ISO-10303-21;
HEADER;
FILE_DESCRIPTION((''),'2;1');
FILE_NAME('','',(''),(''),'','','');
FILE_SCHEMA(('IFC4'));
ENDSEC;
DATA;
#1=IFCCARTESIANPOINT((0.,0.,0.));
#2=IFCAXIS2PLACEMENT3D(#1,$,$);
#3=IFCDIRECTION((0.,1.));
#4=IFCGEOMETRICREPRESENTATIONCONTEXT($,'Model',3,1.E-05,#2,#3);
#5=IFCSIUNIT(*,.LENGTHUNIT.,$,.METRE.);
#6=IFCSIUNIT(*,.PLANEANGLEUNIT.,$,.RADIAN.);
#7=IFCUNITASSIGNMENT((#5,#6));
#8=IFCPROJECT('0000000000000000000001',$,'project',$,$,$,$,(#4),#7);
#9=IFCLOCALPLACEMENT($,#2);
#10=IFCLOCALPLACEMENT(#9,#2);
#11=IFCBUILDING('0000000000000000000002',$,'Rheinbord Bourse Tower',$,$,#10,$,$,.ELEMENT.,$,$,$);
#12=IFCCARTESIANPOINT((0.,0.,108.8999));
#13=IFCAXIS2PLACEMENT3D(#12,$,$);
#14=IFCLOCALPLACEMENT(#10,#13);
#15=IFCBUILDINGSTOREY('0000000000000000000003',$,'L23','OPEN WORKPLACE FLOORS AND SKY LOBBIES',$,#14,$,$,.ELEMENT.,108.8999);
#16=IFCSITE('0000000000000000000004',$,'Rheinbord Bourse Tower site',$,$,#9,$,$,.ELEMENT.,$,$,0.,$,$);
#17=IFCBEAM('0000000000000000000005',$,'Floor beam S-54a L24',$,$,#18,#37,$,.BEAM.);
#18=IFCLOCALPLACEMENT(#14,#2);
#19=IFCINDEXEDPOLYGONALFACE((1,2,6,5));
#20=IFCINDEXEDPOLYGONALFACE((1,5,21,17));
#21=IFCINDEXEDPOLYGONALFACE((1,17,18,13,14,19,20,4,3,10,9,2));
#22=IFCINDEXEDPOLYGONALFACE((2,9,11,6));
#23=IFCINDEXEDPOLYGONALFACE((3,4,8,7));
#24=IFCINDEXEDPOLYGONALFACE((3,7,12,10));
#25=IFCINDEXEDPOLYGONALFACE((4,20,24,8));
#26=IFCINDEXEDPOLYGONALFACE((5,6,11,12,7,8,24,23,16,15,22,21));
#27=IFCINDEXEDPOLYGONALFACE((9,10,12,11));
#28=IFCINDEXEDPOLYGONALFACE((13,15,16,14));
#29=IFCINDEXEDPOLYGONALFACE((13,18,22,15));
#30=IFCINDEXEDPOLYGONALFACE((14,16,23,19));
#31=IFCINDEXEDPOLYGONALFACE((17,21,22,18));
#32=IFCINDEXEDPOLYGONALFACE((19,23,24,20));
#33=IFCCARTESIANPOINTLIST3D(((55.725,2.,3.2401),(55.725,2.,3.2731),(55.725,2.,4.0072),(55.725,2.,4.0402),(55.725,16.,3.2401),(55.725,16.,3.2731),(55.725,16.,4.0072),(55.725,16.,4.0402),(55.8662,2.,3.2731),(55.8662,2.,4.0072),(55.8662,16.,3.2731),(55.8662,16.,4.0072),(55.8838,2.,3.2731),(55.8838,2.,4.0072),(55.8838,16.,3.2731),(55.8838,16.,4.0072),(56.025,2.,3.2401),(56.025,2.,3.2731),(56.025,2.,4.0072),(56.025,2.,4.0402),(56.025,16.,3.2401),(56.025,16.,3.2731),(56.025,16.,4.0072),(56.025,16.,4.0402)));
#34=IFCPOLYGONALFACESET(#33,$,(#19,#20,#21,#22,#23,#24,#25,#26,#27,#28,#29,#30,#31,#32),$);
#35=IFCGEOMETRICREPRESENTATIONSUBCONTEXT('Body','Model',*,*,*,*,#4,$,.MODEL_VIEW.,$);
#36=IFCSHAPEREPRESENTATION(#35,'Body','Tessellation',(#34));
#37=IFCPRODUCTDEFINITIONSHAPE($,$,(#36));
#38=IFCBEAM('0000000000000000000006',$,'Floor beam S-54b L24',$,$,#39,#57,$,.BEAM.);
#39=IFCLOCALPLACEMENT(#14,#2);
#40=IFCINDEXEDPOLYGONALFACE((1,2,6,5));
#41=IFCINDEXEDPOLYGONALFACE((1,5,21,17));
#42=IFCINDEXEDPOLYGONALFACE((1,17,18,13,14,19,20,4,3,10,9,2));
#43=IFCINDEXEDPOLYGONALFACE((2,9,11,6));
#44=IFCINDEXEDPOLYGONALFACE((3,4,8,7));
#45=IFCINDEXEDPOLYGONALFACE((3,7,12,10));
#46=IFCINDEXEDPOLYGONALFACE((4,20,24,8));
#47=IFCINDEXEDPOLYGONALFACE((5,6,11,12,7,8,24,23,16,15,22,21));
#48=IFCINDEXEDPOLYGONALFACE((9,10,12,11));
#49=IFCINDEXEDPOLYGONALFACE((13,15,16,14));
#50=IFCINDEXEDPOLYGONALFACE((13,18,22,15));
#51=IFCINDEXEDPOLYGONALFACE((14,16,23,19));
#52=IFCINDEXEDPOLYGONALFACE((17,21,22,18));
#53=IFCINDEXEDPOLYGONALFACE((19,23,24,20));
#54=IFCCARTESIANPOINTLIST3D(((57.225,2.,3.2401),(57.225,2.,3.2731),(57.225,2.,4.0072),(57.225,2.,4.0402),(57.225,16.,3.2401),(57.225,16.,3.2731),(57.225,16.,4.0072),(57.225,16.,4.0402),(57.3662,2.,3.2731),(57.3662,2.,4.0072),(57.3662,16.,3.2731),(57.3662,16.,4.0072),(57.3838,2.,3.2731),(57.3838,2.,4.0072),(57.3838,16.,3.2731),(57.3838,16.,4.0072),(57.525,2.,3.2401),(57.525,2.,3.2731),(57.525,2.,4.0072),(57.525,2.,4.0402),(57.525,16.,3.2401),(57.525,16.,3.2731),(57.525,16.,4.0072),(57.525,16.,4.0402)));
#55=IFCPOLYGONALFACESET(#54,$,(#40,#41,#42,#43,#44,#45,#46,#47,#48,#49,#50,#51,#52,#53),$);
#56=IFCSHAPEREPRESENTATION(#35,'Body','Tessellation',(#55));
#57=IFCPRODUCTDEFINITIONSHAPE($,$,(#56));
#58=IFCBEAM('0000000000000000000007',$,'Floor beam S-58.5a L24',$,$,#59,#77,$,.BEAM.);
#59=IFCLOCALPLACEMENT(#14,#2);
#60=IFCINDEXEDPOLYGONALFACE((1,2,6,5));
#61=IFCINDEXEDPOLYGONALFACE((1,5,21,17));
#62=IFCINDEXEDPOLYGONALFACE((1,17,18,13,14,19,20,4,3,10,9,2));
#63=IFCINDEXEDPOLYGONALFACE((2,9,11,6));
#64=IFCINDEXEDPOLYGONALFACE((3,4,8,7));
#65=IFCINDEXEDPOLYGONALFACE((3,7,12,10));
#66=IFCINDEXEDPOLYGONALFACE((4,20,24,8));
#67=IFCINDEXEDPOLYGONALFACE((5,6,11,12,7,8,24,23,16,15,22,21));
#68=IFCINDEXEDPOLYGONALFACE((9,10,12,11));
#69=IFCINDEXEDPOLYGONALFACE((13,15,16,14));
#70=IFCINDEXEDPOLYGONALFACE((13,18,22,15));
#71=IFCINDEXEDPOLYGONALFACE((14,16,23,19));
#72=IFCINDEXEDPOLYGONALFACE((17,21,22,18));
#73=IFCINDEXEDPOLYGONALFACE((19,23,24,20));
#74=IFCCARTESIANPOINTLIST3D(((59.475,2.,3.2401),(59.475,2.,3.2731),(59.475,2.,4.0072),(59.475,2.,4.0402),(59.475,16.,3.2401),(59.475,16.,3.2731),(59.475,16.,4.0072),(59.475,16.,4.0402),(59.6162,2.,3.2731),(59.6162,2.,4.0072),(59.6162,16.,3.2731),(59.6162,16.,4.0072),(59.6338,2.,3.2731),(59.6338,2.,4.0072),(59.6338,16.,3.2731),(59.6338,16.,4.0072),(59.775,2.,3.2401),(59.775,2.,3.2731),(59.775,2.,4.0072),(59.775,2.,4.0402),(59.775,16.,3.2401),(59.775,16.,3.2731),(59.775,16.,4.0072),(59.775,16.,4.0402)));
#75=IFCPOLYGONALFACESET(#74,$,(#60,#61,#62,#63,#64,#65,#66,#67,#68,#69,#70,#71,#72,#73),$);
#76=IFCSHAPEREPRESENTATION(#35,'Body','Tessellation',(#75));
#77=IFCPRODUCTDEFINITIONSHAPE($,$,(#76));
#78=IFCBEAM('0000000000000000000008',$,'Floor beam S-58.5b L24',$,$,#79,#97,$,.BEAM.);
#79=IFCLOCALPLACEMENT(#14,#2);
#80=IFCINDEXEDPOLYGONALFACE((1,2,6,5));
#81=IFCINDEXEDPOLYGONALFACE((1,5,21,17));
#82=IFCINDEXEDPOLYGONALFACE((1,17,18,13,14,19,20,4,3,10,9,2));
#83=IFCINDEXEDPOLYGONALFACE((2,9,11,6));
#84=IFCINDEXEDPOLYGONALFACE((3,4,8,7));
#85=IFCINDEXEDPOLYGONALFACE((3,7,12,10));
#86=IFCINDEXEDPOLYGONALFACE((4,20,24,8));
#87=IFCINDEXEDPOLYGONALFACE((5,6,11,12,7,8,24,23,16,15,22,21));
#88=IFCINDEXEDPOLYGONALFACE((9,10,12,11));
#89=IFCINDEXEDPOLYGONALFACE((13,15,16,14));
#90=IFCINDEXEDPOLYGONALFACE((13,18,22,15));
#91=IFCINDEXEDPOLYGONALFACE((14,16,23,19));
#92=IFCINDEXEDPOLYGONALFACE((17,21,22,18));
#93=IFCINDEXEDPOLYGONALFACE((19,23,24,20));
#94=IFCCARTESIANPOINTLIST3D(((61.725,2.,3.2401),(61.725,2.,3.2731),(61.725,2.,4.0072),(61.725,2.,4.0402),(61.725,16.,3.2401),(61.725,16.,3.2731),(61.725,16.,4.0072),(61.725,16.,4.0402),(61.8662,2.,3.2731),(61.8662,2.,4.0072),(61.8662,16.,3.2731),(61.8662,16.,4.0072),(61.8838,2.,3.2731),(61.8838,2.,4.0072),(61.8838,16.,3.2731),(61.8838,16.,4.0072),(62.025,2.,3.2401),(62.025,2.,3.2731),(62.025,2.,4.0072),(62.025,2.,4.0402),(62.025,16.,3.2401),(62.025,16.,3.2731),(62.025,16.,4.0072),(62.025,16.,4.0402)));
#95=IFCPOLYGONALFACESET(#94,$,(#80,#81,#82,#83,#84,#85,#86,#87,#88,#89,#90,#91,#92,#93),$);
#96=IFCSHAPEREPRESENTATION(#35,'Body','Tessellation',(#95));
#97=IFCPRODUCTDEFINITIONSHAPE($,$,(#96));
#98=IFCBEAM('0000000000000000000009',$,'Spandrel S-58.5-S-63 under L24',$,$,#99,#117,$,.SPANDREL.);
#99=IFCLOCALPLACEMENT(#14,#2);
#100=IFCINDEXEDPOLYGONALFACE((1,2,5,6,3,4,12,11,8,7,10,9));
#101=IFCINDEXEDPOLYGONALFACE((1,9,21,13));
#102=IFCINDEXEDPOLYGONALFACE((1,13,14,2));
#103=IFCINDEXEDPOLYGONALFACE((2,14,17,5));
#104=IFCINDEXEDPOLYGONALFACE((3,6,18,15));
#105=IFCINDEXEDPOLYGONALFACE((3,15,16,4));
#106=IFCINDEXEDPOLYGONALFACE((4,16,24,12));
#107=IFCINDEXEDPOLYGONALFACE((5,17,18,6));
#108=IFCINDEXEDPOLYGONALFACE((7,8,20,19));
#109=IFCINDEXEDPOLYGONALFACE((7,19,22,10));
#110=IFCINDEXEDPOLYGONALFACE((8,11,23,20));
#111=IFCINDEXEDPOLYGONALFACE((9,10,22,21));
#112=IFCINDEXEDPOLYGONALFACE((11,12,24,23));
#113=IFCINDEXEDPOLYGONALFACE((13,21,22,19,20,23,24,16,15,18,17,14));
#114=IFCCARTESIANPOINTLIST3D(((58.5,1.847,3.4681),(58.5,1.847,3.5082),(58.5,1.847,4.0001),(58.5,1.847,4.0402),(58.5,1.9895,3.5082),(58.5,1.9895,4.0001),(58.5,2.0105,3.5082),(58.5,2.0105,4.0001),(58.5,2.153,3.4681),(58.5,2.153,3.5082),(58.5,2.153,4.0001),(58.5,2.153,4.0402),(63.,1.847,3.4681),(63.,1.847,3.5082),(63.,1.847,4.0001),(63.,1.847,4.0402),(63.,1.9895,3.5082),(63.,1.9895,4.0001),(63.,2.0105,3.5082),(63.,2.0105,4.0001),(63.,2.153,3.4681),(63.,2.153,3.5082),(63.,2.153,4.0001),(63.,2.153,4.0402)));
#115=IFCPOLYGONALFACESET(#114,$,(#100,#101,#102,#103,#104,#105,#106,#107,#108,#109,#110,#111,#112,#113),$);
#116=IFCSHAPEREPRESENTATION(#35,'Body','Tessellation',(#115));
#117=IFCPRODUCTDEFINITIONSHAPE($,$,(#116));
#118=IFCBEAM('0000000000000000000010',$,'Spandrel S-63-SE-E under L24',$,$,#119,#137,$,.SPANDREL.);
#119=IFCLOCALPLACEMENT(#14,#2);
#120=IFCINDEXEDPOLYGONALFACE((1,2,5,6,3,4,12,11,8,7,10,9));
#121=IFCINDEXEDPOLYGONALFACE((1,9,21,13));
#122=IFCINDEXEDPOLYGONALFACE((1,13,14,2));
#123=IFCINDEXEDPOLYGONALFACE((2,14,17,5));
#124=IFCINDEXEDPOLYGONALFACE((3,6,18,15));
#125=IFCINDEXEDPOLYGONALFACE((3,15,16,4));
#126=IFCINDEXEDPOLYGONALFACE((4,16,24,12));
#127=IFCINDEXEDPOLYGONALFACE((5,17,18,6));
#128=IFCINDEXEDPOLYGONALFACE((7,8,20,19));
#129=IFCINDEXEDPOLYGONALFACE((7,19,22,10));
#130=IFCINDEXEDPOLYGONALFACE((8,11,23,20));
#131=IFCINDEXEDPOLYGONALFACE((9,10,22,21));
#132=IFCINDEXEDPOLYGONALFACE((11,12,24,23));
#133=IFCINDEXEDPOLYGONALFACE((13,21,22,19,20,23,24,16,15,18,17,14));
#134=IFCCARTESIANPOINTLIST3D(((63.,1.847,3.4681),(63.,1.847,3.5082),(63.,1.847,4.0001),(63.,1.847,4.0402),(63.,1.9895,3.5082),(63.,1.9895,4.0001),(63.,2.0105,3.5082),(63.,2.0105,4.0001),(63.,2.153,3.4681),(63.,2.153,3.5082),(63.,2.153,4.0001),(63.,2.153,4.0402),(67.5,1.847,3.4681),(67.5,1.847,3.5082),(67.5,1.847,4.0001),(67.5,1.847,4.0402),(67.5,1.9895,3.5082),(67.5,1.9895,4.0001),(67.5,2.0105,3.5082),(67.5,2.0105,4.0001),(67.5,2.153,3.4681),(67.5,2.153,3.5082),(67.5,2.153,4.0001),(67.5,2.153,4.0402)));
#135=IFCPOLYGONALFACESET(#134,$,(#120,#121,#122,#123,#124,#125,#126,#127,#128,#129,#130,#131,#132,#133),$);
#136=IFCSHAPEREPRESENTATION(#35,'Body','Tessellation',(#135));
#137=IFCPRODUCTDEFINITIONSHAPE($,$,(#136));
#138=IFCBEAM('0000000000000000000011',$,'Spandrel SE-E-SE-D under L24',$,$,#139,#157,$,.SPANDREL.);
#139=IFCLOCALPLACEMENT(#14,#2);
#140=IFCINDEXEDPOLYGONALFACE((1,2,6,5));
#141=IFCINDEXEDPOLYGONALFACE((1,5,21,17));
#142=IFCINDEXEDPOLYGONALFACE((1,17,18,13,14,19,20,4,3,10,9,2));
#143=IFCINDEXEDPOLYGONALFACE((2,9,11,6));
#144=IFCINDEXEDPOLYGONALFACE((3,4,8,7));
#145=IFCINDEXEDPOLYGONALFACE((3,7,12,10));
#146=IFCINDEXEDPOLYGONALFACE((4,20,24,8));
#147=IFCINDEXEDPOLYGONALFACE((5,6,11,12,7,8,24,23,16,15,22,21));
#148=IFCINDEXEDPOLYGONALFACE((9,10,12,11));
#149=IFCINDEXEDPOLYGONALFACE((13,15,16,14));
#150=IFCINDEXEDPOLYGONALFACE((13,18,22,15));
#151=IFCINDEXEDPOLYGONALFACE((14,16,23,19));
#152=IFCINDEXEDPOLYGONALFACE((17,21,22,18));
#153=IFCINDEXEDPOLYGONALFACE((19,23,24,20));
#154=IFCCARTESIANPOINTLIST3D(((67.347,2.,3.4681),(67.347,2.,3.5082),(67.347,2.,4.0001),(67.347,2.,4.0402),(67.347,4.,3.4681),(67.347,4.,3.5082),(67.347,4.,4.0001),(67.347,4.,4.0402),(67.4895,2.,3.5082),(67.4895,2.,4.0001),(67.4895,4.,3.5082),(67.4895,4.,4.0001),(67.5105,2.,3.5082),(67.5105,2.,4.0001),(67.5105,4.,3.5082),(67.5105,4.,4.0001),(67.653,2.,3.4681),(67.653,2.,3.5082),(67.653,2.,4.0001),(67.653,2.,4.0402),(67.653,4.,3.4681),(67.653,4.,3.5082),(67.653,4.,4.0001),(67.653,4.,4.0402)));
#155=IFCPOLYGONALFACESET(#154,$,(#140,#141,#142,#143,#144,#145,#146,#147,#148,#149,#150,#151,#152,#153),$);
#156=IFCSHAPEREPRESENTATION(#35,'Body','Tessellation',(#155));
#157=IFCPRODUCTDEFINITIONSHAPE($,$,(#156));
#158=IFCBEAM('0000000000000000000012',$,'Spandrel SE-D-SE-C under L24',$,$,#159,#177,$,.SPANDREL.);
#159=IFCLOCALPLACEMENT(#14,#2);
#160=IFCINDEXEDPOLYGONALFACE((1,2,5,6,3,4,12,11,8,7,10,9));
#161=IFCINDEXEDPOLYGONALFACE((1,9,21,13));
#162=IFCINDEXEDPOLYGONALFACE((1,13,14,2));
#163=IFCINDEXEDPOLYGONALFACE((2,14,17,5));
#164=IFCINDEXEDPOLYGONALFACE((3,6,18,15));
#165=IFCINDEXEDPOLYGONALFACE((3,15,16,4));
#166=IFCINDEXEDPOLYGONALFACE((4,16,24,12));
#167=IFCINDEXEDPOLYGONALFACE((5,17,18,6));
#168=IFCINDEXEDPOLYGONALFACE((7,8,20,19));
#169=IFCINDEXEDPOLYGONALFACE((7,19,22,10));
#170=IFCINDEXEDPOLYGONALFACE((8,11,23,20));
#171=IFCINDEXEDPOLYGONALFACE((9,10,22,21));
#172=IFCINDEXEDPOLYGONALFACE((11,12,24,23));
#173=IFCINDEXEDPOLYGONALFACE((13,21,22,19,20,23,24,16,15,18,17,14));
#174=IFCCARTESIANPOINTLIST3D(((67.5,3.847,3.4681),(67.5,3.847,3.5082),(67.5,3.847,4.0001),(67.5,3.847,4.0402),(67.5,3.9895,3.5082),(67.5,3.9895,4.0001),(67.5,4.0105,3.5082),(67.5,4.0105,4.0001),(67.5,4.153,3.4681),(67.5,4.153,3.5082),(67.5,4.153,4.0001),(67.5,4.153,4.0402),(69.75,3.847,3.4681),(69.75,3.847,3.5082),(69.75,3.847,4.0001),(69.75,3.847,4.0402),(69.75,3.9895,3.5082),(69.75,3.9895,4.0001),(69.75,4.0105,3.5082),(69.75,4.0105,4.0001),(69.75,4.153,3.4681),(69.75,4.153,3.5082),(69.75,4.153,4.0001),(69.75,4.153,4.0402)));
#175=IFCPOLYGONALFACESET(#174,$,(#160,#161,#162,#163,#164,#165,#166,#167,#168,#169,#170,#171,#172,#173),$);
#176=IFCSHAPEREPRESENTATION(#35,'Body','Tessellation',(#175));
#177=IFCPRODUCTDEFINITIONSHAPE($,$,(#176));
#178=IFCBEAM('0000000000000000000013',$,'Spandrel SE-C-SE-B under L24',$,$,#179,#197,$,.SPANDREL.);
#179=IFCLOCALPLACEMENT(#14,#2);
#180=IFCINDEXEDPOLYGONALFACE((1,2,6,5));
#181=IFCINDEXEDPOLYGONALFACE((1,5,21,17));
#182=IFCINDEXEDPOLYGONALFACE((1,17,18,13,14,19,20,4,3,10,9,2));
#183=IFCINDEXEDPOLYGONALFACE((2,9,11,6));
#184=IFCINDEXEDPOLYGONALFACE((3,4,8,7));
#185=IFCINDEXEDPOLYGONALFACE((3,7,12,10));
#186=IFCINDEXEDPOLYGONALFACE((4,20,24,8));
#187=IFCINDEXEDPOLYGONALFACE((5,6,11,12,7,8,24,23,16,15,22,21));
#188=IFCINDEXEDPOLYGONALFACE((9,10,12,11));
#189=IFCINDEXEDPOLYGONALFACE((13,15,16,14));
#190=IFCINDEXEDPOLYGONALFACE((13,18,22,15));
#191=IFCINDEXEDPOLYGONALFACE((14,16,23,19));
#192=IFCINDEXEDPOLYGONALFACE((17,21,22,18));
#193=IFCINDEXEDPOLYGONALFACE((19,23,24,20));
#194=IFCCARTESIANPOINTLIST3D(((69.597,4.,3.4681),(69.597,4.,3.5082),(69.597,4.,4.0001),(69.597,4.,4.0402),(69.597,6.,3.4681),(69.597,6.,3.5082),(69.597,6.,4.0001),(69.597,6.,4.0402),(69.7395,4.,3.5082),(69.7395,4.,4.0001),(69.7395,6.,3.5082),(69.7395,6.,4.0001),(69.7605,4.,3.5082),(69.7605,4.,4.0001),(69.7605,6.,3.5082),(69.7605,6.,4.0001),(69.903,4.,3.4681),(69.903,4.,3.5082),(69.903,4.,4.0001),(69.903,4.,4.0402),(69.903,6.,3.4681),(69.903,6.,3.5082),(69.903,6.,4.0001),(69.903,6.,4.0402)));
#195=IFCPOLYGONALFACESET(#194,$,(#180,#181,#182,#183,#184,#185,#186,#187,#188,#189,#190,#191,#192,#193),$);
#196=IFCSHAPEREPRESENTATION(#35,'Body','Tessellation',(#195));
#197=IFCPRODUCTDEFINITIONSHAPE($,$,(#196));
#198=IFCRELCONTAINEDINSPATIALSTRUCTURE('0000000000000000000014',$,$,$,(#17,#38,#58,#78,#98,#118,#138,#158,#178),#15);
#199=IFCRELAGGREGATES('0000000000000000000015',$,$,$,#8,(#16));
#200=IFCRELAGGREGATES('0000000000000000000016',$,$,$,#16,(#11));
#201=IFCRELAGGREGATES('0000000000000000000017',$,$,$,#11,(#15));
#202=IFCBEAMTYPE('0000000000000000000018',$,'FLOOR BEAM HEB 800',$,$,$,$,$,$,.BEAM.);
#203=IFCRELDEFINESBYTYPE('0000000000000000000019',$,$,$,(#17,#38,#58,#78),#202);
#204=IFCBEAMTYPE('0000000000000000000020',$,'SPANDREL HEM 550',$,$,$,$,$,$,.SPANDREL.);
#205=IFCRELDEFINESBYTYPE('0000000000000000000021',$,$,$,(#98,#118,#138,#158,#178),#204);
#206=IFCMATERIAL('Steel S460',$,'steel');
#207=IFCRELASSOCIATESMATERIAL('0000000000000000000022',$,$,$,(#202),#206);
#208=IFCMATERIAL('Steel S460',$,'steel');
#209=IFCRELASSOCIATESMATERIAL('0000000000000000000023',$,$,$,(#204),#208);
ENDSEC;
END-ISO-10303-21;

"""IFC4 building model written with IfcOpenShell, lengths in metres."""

from ifc_helpers import new_model, si_unit, direction, frame, origin, origin_2d, place, context, subcontext, project, spatial, i_section, extrude, material, material_profile, profile_set, type_object, element, save


model = new_model("IFC4")

# Units and contexts
model_context = context("Model", 3, precision=1e-05, world=origin(), true_north=direction((0.0, 1.0)))
body_context = subcontext(model_context, "Body", "Model", "MODEL_VIEW")
ifc_project = project(units=[si_unit("LENGTHUNIT", "METRE"), si_unit("PLANEANGLEUNIT", "RADIAN")], contexts=[model_context])

# Site, building, storey
site_placement = place(None, origin())
site = spatial("IfcSite", under=ifc_project, at=site_placement, Name="Rheinbord Bourse Tower site", CompositionType="ELEMENT", RefElevation=0.0)
building_placement = place(site_placement, origin())
building = spatial("IfcBuilding", under=site, at=building_placement, Name="Rheinbord Bourse Tower", CompositionType="ELEMENT")
storey_placement = place(building_placement, frame((0.0, 0.0, 108.8999)))
storey = spatial("IfcBuildingStorey", under=building, at=storey_placement, Name="L23", Description="OPEN WORKPLACE FLOORS AND SKY LOBBIES", CompositionType="ELEMENT", Elevation=108.8999)

# Beams
ifc_material_1 = material(Name="Steel S460", Category="steel")
ifc_material_profile_1 = material_profile(ifc_material_1, i_section(OverallWidth=0.3, OverallDepth=0.8, WebThickness=0.0176, FlangeThickness=0.033, at=origin_2d()), Name="HEB 800")
ifc_profile_set_1 = profile_set([ifc_material_profile_1], Name="Steel S460")
beam_type_1 = type_object("IfcBeamType", Name="FLOOR BEAM HEB 800", PredefinedType="BEAM", material=ifc_profile_set_1)
for number, where, z_axis, x_axis, name in (
    (1, (55.875, 2.0, 3.6401), (0.0, 1.0, 0.0), (-1.0, 0.0, 0.0), "Floor beam S-54a L24"),
    (2, (57.375, 2.0, 3.6401), (0.0, 1.0, 0.0), (-1.0, 0.0, 0.0), "Floor beam S-54b L24"),
    (3, (59.625, 2.0, 3.6401), (0.0, 1.0, 0.0), (-1.0, 0.0, 0.0), "Floor beam S-58.5a L24"),
    (4, (61.875, 2.0, 3.6401), (0.0, 1.0, 0.0), (-1.0, 0.0, 0.0), "Floor beam S-58.5b L24"),
):
    element("IfcBeam", number, at=place(storey_placement, frame(where, z_axis=z_axis, x_axis=x_axis)), inside=storey, type_object=beam_type_1, Name=name, PredefinedType="BEAM", context=body_context, shape_type="SweptSolid", body=[
        extrude(i_section(OverallWidth=0.3, OverallDepth=0.8, WebThickness=0.0176, FlangeThickness=0.033, at=origin_2d()), origin(), (0.0, 0.0, 1.0), 14.0),
    ])
ifc_material_2 = material(Name="Steel S460", Category="steel")
ifc_material_profile_2 = material_profile(ifc_material_2, i_section(OverallWidth=0.3059, OverallDepth=0.572, WebThickness=0.021, FlangeThickness=0.04, at=origin_2d()), Name="HEM 550")
ifc_profile_set_2 = profile_set([ifc_material_profile_2], Name="Steel S460")
beam_type_2 = type_object("IfcBeamType", Name="SPANDREL HEM 550", PredefinedType="SPANDREL", material=ifc_profile_set_2)
for number, where, z_axis, x_axis, name in (
    (5, (58.5, 2.0, 3.7542), (1.0, 0.0, 0.0), (0.0, 1.0, 0.0), "Spandrel S-58.5-S-63 under L24"),
    (6, (63.0, 2.0, 3.7542), (1.0, 0.0, 0.0), (0.0, 1.0, 0.0), "Spandrel S-63-SE-E under L24"),
):
    element("IfcBeam", number, at=place(storey_placement, frame(where, z_axis=z_axis, x_axis=x_axis)), inside=storey, type_object=beam_type_2, Name=name, PredefinedType="SPANDREL", context=body_context, shape_type="SweptSolid", body=[
        extrude(i_section(OverallWidth=0.3059, OverallDepth=0.572, WebThickness=0.021, FlangeThickness=0.04, at=origin_2d()), origin(), (0.0, 0.0, 1.0), 4.5),
    ])
beam_1_placement = place(storey_placement, frame((67.5, 2.0, 3.7542), z_axis=(0.0, 1.0, 0.0), x_axis=(-1.0, 0.0, 0.0)))
element("IfcBeam", 7, at=beam_1_placement, inside=storey, type_object=beam_type_2, Name="Spandrel SE-E-SE-D under L24", PredefinedType="SPANDREL", context=body_context, shape_type="SweptSolid", body=[
    extrude(i_section(OverallWidth=0.3059, OverallDepth=0.572, WebThickness=0.021, FlangeThickness=0.04, at=origin_2d()), origin(), (0.0, 0.0, 1.0), 2.0),
])
beam_2_placement = place(storey_placement, frame((67.5, 4.0, 3.7542), z_axis=(1.0, 0.0, 0.0), x_axis=(0.0, 1.0, 0.0)))
element("IfcBeam", 8, at=beam_2_placement, inside=storey, type_object=beam_type_2, Name="Spandrel SE-D-SE-C under L24", PredefinedType="SPANDREL", context=body_context, shape_type="SweptSolid", body=[
    extrude(i_section(OverallWidth=0.3059, OverallDepth=0.572, WebThickness=0.021, FlangeThickness=0.04, at=origin_2d()), origin(), (0.0, 0.0, 1.0), 2.25),
])
beam_3_placement = place(storey_placement, frame((69.75, 4.0, 3.7542), z_axis=(0.0, 1.0, 0.0), x_axis=(-1.0, 0.0, 0.0)))
element("IfcBeam", 9, at=beam_3_placement, inside=storey, type_object=beam_type_2, Name="Spandrel SE-C-SE-B under L24", PredefinedType="SPANDREL", context=body_context, shape_type="SweptSolid", body=[
    extrude(i_section(OverallWidth=0.3059, OverallDepth=0.572, WebThickness=0.021, FlangeThickness=0.04, at=origin_2d()), origin(), (0.0, 0.0, 1.0), 2.0),
])

save(model, "model.ifc")
